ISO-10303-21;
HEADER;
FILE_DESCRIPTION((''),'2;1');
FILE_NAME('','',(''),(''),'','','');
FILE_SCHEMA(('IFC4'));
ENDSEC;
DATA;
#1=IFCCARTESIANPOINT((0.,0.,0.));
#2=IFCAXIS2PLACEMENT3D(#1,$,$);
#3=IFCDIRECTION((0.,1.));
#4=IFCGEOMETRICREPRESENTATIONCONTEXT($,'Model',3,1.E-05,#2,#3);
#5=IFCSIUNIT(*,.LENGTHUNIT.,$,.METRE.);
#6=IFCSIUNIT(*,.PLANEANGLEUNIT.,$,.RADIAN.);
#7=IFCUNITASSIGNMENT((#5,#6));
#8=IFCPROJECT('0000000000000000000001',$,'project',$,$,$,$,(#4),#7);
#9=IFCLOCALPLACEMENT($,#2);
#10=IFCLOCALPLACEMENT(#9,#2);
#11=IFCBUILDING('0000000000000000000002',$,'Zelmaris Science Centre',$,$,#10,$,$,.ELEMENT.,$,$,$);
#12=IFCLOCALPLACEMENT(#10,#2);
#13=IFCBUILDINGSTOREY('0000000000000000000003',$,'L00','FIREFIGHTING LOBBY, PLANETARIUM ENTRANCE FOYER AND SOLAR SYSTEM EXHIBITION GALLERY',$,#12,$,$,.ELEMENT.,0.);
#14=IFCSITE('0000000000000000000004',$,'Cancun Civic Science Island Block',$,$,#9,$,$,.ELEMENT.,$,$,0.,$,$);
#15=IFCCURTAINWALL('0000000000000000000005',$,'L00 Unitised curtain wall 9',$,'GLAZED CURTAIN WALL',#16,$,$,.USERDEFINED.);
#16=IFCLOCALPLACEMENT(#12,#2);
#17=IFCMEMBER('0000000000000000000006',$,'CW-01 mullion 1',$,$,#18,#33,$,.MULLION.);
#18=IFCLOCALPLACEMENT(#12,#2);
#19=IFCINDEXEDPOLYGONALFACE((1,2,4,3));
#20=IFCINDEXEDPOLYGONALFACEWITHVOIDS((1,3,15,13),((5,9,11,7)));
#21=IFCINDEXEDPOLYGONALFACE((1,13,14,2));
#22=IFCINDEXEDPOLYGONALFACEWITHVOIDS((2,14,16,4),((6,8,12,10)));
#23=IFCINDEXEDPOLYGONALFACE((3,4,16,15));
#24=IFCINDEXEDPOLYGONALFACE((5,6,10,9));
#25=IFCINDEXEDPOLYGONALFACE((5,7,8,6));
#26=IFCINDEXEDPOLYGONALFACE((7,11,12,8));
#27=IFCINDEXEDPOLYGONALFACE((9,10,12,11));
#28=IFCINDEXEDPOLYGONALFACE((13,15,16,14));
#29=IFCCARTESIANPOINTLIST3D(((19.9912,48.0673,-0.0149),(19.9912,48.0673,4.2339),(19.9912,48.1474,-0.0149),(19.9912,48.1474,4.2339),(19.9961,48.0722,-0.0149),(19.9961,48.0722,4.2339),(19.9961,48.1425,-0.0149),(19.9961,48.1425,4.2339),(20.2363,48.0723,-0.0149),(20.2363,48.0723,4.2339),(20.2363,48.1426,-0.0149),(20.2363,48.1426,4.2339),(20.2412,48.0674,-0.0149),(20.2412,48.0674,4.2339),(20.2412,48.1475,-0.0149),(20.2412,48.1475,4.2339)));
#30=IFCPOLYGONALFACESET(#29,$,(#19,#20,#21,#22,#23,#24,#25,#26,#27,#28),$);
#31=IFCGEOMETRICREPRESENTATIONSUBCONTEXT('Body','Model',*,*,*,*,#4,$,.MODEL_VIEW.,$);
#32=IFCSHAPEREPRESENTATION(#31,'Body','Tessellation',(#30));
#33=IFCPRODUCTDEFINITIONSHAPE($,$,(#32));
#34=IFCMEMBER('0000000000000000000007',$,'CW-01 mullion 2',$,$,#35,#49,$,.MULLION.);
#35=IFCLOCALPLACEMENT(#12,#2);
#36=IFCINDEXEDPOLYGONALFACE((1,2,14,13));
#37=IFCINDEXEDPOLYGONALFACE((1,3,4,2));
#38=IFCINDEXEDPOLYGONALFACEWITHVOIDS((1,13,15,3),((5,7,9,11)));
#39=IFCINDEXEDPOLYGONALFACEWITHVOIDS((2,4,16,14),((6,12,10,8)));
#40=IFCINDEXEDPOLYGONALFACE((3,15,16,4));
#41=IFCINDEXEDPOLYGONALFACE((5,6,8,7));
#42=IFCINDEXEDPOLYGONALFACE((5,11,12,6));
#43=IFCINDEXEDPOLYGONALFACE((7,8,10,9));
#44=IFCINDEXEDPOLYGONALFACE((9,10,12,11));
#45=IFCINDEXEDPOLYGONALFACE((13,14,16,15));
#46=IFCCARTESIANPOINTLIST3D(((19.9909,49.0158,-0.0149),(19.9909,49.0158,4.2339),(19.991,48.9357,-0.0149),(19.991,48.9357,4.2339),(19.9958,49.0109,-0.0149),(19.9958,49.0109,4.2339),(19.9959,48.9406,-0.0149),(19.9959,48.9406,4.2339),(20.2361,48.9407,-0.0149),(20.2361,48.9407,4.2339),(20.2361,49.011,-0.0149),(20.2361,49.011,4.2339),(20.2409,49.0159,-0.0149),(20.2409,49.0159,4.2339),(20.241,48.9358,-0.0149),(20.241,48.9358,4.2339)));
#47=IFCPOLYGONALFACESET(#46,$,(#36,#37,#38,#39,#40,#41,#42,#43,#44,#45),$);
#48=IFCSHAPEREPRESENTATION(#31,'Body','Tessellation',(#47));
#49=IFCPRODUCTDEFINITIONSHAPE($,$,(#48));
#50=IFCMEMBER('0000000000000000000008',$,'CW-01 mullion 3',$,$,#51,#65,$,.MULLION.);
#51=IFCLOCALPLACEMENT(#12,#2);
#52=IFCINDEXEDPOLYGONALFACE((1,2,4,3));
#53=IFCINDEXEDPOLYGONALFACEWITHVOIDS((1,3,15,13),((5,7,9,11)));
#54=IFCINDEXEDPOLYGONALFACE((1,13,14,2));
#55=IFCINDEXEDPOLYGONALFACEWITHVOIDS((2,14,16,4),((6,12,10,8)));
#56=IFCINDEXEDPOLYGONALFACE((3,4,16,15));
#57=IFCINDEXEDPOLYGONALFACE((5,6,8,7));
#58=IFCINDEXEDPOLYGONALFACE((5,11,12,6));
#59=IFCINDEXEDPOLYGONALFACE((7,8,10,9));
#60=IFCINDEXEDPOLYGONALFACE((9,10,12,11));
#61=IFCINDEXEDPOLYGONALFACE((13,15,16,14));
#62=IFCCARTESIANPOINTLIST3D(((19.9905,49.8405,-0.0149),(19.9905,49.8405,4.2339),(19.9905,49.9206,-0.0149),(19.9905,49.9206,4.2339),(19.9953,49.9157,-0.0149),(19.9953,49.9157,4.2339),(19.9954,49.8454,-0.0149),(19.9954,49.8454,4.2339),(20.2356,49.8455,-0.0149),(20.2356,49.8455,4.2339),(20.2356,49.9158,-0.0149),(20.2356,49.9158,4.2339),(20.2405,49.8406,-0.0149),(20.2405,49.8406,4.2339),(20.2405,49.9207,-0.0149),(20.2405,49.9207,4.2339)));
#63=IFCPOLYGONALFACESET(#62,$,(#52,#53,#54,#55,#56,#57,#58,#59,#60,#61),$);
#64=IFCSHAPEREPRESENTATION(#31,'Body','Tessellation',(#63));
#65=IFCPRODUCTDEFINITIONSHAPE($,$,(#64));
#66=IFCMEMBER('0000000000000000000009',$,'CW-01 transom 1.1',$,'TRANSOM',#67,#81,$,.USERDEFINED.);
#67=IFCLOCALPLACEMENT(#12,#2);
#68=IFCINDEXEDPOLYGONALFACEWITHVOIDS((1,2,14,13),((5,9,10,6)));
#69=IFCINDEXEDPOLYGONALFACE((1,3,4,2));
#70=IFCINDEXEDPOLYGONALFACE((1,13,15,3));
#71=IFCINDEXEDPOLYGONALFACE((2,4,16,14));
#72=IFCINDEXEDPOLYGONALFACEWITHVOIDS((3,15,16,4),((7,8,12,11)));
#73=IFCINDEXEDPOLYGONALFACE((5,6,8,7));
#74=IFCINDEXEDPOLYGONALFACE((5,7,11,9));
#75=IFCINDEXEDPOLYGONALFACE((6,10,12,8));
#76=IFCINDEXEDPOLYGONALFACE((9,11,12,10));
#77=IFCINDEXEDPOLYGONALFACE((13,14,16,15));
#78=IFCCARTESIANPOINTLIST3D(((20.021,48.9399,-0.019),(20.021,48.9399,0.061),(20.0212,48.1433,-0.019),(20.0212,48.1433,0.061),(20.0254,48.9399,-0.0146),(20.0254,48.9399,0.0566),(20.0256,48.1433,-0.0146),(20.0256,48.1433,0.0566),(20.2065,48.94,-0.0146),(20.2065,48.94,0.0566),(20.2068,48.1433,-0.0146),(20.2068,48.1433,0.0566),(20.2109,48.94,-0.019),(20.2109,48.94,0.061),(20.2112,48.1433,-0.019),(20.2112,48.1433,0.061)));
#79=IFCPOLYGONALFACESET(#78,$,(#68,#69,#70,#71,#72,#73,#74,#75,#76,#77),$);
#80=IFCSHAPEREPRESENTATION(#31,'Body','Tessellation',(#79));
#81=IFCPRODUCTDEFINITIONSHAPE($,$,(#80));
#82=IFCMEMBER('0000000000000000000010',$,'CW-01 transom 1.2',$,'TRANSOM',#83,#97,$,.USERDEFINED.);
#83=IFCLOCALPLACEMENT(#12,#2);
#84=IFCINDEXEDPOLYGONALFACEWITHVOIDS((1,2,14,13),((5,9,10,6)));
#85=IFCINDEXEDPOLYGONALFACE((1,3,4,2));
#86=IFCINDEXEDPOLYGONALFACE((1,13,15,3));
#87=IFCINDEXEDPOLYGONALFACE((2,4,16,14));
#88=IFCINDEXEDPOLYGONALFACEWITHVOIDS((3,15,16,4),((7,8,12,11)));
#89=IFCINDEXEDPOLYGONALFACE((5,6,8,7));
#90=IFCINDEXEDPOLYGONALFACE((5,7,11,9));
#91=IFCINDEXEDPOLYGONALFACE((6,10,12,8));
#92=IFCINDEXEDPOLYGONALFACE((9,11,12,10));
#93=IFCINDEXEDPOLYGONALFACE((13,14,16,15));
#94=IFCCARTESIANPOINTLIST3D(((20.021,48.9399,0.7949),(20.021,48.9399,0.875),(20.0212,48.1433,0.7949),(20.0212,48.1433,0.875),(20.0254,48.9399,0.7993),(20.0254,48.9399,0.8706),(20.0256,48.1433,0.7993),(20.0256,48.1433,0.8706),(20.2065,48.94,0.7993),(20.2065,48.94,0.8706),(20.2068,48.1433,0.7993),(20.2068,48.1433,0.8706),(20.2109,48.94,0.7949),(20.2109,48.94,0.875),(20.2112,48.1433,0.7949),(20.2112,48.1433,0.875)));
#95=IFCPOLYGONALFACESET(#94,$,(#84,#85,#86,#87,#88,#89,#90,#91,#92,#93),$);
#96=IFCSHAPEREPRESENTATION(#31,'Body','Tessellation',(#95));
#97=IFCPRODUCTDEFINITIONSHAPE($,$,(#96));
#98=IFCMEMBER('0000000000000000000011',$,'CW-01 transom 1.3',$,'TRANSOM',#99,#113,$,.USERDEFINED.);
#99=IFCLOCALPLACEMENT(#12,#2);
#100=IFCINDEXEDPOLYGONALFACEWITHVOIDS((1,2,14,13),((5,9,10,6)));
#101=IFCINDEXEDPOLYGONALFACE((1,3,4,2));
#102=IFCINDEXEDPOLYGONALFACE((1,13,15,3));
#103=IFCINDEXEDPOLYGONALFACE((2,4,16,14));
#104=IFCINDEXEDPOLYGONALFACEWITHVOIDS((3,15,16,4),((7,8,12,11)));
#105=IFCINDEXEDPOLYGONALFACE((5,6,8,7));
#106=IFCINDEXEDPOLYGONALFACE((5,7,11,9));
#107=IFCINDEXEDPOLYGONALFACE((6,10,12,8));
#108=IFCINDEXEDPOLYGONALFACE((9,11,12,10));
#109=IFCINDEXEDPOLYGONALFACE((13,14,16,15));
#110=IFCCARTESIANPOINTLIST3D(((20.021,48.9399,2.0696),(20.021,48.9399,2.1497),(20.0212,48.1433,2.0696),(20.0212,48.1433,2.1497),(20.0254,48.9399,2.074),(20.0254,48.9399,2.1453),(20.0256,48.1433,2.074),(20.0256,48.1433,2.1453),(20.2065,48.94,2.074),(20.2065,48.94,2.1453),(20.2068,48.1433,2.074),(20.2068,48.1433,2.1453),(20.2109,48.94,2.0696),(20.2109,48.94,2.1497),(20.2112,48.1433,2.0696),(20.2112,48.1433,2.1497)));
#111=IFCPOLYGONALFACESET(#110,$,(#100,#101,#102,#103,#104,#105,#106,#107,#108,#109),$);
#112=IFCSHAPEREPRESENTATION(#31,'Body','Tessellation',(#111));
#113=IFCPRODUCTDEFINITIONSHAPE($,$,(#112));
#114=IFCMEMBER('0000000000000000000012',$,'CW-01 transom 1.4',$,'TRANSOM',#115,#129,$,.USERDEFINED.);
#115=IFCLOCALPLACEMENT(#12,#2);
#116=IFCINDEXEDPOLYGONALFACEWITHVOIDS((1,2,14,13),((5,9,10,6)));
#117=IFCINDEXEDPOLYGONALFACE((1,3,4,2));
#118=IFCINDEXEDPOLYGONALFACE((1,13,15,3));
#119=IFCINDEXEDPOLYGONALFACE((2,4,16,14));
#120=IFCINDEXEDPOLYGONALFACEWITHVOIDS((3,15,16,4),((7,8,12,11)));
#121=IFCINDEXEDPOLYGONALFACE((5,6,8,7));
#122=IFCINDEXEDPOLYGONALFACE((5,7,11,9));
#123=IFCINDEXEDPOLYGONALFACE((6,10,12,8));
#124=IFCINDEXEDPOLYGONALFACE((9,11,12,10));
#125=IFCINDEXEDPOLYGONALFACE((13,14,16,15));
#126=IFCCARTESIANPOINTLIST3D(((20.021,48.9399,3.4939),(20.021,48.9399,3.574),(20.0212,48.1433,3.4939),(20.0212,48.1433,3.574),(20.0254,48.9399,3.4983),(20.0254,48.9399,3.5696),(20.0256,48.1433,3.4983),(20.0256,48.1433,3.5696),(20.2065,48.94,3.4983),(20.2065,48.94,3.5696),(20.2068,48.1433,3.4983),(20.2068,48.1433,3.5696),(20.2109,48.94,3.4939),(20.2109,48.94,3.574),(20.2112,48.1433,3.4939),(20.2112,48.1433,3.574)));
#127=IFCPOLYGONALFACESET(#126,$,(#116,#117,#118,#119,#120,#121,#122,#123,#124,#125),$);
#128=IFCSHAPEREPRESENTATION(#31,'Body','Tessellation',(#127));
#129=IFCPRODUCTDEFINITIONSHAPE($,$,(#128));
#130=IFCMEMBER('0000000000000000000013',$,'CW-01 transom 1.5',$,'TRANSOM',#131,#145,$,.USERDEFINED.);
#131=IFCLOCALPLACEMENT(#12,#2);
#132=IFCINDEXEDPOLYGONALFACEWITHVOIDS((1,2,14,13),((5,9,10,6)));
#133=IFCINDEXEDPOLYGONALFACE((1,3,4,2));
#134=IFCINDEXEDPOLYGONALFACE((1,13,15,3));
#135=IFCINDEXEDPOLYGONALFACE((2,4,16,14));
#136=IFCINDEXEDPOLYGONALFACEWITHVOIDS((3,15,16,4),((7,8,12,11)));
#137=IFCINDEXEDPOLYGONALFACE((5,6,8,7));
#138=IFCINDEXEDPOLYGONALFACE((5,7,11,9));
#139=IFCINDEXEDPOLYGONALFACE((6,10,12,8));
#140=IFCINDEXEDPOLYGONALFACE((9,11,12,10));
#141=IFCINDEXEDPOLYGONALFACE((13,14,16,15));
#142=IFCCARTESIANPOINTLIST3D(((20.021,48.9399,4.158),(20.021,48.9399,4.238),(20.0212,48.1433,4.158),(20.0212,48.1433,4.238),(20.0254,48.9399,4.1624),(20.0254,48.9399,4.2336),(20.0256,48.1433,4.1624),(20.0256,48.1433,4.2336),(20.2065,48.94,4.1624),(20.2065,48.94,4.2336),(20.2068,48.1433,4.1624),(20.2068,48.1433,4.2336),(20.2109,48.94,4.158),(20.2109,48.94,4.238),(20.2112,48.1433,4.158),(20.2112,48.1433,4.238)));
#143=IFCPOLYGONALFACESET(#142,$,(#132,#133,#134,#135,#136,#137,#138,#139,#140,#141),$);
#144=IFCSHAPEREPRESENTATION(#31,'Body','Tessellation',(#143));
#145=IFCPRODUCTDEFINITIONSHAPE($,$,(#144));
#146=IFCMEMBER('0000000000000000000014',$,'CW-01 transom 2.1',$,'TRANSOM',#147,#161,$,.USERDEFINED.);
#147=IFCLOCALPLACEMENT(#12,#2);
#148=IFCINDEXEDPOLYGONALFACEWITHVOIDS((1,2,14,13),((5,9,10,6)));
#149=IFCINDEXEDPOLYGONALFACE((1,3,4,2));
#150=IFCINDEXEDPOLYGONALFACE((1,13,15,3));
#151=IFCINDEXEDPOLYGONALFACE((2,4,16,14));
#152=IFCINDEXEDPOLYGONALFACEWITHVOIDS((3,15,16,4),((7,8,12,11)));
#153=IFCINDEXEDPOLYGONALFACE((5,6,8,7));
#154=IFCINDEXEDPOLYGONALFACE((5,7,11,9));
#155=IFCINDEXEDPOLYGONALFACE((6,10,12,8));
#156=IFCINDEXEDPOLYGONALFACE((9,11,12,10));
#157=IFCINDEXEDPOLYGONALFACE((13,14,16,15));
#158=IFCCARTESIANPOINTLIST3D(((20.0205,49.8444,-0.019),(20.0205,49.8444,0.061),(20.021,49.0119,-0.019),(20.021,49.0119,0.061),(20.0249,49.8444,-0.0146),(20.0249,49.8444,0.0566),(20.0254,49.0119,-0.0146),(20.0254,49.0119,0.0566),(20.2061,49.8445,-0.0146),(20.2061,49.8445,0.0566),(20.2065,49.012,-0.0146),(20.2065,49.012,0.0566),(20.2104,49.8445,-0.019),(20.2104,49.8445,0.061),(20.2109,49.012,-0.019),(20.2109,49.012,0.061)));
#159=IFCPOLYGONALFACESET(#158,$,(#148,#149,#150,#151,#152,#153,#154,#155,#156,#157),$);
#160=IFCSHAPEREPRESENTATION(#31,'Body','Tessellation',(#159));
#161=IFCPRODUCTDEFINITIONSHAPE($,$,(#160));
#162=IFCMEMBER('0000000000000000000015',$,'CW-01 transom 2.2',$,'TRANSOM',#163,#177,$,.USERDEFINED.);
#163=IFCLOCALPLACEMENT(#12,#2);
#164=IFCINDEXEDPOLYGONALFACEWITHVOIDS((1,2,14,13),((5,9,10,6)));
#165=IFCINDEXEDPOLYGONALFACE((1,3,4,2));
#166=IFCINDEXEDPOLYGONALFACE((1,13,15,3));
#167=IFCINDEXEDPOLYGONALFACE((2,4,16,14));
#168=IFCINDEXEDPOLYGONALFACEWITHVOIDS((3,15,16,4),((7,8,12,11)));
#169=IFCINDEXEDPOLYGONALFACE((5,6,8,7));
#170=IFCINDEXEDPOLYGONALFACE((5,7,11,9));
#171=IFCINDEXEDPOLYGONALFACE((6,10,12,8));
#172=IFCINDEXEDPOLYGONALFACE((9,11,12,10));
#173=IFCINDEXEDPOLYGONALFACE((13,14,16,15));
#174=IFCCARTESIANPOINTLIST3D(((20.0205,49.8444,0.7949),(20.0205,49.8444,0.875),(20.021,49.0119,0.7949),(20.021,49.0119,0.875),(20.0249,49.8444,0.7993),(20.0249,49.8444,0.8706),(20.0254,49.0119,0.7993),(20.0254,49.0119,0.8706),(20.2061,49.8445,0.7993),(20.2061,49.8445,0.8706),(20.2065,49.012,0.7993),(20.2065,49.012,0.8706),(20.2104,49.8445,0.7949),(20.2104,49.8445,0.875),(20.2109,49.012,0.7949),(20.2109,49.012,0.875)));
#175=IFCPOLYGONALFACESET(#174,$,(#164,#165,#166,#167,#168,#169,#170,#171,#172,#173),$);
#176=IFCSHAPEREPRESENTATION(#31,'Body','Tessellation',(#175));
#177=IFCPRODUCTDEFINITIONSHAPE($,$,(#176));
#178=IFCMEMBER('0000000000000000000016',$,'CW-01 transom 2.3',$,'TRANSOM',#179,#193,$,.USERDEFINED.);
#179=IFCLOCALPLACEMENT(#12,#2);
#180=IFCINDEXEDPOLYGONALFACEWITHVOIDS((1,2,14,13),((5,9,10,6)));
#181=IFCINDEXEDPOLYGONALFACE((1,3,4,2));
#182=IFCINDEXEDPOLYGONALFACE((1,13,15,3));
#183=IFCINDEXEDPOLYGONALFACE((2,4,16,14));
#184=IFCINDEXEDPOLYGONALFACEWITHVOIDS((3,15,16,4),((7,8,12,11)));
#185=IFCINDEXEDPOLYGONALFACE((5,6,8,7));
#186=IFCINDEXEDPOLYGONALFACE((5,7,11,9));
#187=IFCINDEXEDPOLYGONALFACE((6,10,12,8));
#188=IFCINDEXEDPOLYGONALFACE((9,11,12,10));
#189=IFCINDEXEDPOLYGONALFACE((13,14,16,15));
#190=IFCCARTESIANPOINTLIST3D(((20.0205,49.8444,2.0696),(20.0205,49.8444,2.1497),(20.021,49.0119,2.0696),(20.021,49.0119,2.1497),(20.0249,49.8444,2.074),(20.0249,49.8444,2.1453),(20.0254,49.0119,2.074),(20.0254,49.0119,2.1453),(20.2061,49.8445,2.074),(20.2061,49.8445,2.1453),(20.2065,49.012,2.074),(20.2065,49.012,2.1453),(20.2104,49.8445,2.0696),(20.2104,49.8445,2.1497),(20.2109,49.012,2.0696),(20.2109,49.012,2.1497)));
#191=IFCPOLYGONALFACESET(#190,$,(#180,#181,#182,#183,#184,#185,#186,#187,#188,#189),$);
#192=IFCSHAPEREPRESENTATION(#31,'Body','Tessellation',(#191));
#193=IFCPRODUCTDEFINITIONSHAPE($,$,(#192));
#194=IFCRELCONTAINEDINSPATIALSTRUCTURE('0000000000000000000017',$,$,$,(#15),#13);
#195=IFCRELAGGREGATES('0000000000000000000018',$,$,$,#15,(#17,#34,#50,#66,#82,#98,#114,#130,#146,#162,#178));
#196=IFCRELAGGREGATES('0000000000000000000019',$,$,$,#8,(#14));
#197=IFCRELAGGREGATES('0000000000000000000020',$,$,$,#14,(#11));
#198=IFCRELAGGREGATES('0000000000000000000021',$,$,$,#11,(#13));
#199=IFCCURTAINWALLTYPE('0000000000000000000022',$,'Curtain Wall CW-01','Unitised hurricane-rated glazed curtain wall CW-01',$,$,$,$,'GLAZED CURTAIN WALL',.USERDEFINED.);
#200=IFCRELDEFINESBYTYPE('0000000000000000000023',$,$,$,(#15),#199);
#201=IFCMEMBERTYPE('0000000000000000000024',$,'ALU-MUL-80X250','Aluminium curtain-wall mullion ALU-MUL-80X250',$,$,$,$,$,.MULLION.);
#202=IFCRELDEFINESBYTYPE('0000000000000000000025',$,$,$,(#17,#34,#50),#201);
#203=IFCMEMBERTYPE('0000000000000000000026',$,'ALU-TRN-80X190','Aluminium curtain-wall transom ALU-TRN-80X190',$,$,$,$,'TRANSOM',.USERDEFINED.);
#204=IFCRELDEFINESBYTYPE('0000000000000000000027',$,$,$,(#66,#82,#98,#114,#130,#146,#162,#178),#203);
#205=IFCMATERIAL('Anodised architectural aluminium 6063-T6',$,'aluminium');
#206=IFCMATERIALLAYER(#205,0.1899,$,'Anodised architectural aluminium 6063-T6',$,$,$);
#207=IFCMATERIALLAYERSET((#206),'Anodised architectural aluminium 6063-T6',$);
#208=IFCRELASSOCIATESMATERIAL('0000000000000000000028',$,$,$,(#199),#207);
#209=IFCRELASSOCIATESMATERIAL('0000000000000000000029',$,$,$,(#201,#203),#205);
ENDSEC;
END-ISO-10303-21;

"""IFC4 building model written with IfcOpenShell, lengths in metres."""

from ifc_helpers import new_model, si_unit, direction, frame, origin, origin_2d, place, context, subcontext, project, spatial, hollow_rectangle, extrude, material, layer, layer_set, material_profile, profile_set, type_object, element, aggregate, save


model = new_model("IFC4")

# Units and contexts
model_context = context("Model", 3, precision=1e-05, world=origin(), true_north=direction((0.0, 1.0)))
body_context = subcontext(model_context, "Body", "Model", "MODEL_VIEW")
ifc_project = project(units=[si_unit("LENGTHUNIT", "METRE"), si_unit("PLANEANGLEUNIT", "RADIAN")], contexts=[model_context])

# Site, building, storey
site_placement = place(None, origin())
site = spatial("IfcSite", under=ifc_project, at=site_placement, Name="Cancun Civic Science Island Block", CompositionType="ELEMENT", RefElevation=0.0)
building_placement = place(site_placement, origin())
building = spatial("IfcBuilding", under=site, at=building_placement, Name="Zelmaris Science Centre", CompositionType="ELEMENT")
storey_placement = place(building_placement, origin())
storey = spatial("IfcBuildingStorey", under=building, at=storey_placement, Name="L00", Description="FIREFIGHTING LOBBY, PLANETARIUM ENTRANCE FOYER AND SOLAR SYSTEM EXHIBITION GALLERY", CompositionType="ELEMENT", Elevation=0.0)

# Curtain wall, members
ifc_material_1 = material(Name="Anodised architectural aluminium 6063-T6", Category="aluminium")
ifc_layer_1 = layer(ifc_material_1, 0.1899, Name="Anodised architectural aluminium 6063-T6")
ifc_layer_set_1 = layer_set([ifc_layer_1], Name="Anodised architectural aluminium 6063-T6")
curtain_wall_type = type_object("IfcCurtainWallType", Name="Curtain Wall CW-01", Description="Unitised hurricane-rated glazed curtain wall CW-01", ElementType="GLAZED CURTAIN WALL", PredefinedType="USERDEFINED", material=ifc_layer_set_1)
curtain_wall_placement = place(storey_placement, origin())
curtain_wall = element("IfcCurtainWall", 1, at=curtain_wall_placement, inside=storey, type_object=curtain_wall_type, Name="L00 Unitised curtain wall 9", ObjectType="GLAZED CURTAIN WALL", PredefinedType="USERDEFINED")
ifc_material_profile_1 = material_profile(ifc_material_1, hollow_rectangle(XDim=0.0801, YDim=0.25, WallThickness=0.0049, at=origin_2d()), Name="ALU-MUL-80X250")
ifc_profile_set_1 = profile_set([ifc_material_profile_1], Name="Anodised architectural aluminium 6063-T6")
member_type_1 = type_object("IfcMemberType", Name="ALU-MUL-80X250", Description="Aluminium curtain-wall mullion ALU-MUL-80X250", PredefinedType="MULLION", material=ifc_profile_set_1)
member_1_placement = place(storey_placement, frame((20.1162, 48.1074, -0.0149), z_axis=(0.0, 0.0, 1.0), x_axis=(-0.000428, 1.0, 0.0)))
member_1 = element("IfcMember", 2, at=member_1_placement, type_object=member_type_1, Name="CW-01 mullion 1", PredefinedType="MULLION", context=body_context, shape_type="SweptSolid", body=[
    extrude(hollow_rectangle(XDim=0.0801, YDim=0.25, WallThickness=0.0049, at=origin_2d()), origin(), (0.0, 0.0, 1.0), 4.2488),
])
member_2_placement = place(storey_placement, frame((20.116, 48.9758, -0.0149), z_axis=(0.0, 0.0, 1.0), x_axis=(-0.000428, 1.0, 0.0)))
member_2 = element("IfcMember", 3, at=member_2_placement, type_object=member_type_1, Name="CW-01 mullion 2", PredefinedType="MULLION", context=body_context, shape_type="SweptSolid", body=[
    extrude(hollow_rectangle(XDim=0.0801, YDim=0.25, WallThickness=0.0049, at=origin_2d()), origin(), (0.0, 0.0, 1.0), 4.2488),
])
member_3_placement = place(storey_placement, frame((20.1155, 49.8806, -0.0149), z_axis=(0.0, 0.0, 1.0), x_axis=(-0.000428, 1.0, 0.0)))
member_3 = element("IfcMember", 4, at=member_3_placement, type_object=member_type_1, Name="CW-01 mullion 3", PredefinedType="MULLION", context=body_context, shape_type="SweptSolid", body=[
    extrude(hollow_rectangle(XDim=0.0801, YDim=0.25, WallThickness=0.0049, at=origin_2d()), origin(), (0.0, 0.0, 1.0), 4.2488),
])
ifc_material_profile_2 = material_profile(ifc_material_1, hollow_rectangle(XDim=0.0801, YDim=0.1899, WallThickness=0.0044, at=origin_2d()), Name="ALU-TRN-80X190")
ifc_profile_set_2 = profile_set([ifc_material_profile_2], Name="Anodised architectural aluminium 6063-T6")
member_type_2 = type_object("IfcMemberType", Name="ALU-TRN-80X190", Description="Aluminium curtain-wall transom ALU-TRN-80X190", ElementType="TRANSOM", PredefinedType="USERDEFINED", material=ifc_profile_set_2)
member_4_placement = place(storey_placement, frame((20.1162, 48.1433, 0.021), z_axis=(-0.000306, 1.0, 0.0), x_axis=(0.0, 0.0, 1.0)))
member_4 = element("IfcMember", 5, at=member_4_placement, type_object=member_type_2, Name="CW-01 transom 1.1", ObjectType="TRANSOM", PredefinedType="USERDEFINED", context=body_context, shape_type="SweptSolid", body=[
    extrude(hollow_rectangle(XDim=0.0801, YDim=0.1899, WallThickness=0.0044, at=origin_2d()), origin(), (0.0, 0.0, 1.0), 0.7966),
])
member_5_placement = place(storey_placement, frame((20.1162, 48.1433, 0.835), z_axis=(-0.000306, 1.0, 0.0), x_axis=(0.0, 0.0, 1.0)))
member_5 = element("IfcMember", 6, at=member_5_placement, type_object=member_type_2, Name="CW-01 transom 1.2", ObjectType="TRANSOM", PredefinedType="USERDEFINED", context=body_context, shape_type="SweptSolid", body=[
    extrude(hollow_rectangle(XDim=0.0801, YDim=0.1899, WallThickness=0.0044, at=origin_2d()), origin(), (0.0, 0.0, 1.0), 0.7966),
])
member_6_placement = place(storey_placement, frame((20.1162, 48.1433, 2.1096), z_axis=(-0.000306, 1.0, 0.0), x_axis=(0.0, 0.0, 1.0)))
member_6 = element("IfcMember", 7, at=member_6_placement, type_object=member_type_2, Name="CW-01 transom 1.3", ObjectType="TRANSOM", PredefinedType="USERDEFINED", context=body_context, shape_type="SweptSolid", body=[
    extrude(hollow_rectangle(XDim=0.0801, YDim=0.1899, WallThickness=0.0044, at=origin_2d()), origin(), (0.0, 0.0, 1.0), 0.7966),
])
member_7_placement = place(storey_placement, frame((20.1162, 48.1433, 3.5339), z_axis=(-0.000306, 1.0, 0.0), x_axis=(0.0, 0.0, 1.0)))
member_7 = element("IfcMember", 8, at=member_7_placement, type_object=member_type_2, Name="CW-01 transom 1.4", ObjectType="TRANSOM", PredefinedType="USERDEFINED", context=body_context, shape_type="SweptSolid", body=[
    extrude(hollow_rectangle(XDim=0.0801, YDim=0.1899, WallThickness=0.0044, at=origin_2d()), origin(), (0.0, 0.0, 1.0), 0.7966),
])
member_8_placement = place(storey_placement, frame((20.1162, 48.1433, 4.198), z_axis=(-0.000306, 1.0, 0.0), x_axis=(0.0, 0.0, 1.0)))
member_8 = element("IfcMember", 9, at=member_8_placement, type_object=member_type_2, Name="CW-01 transom 1.5", ObjectType="TRANSOM", PredefinedType="USERDEFINED", context=body_context, shape_type="SweptSolid", body=[
    extrude(hollow_rectangle(XDim=0.0801, YDim=0.1899, WallThickness=0.0044, at=origin_2d()), origin(), (0.0, 0.0, 1.0), 0.7966),
])
member_9_placement = place(storey_placement, frame((20.116, 49.012, 0.021), z_axis=(-0.000587, 1.0, 0.0), x_axis=(0.0, 0.0, 1.0)))
member_9 = element("IfcMember", 10, at=member_9_placement, type_object=member_type_2, Name="CW-01 transom 2.1", ObjectType="TRANSOM", PredefinedType="USERDEFINED", context=body_context, shape_type="SweptSolid", body=[
    extrude(hollow_rectangle(XDim=0.0801, YDim=0.1899, WallThickness=0.0044, at=origin_2d()), origin(), (0.0, 0.0, 1.0), 0.8325),
])
member_10_placement = place(storey_placement, frame((20.116, 49.012, 0.835), z_axis=(-0.000587, 1.0, 0.0), x_axis=(0.0, 0.0, 1.0)))
member_10 = element("IfcMember", 11, at=member_10_placement, type_object=member_type_2, Name="CW-01 transom 2.2", ObjectType="TRANSOM", PredefinedType="USERDEFINED", context=body_context, shape_type="SweptSolid", body=[
    extrude(hollow_rectangle(XDim=0.0801, YDim=0.1899, WallThickness=0.0044, at=origin_2d()), origin(), (0.0, 0.0, 1.0), 0.8325),
])
member_11_placement = place(storey_placement, frame((20.116, 49.012, 2.1096), z_axis=(-0.000587, 1.0, 0.0), x_axis=(0.0, 0.0, 1.0)))
member_11 = element("IfcMember", 12, at=member_11_placement, type_object=member_type_2, Name="CW-01 transom 2.3", ObjectType="TRANSOM", PredefinedType="USERDEFINED", context=body_context, shape_type="SweptSolid", body=[
    extrude(hollow_rectangle(XDim=0.0801, YDim=0.1899, WallThickness=0.0044, at=origin_2d()), origin(), (0.0, 0.0, 1.0), 0.8325),
])
aggregate(curtain_wall, [member_1, member_2, member_3, member_4, member_5, member_6, member_7, member_8, member_9, member_10, member_11])

save(model, "model.ifc")
